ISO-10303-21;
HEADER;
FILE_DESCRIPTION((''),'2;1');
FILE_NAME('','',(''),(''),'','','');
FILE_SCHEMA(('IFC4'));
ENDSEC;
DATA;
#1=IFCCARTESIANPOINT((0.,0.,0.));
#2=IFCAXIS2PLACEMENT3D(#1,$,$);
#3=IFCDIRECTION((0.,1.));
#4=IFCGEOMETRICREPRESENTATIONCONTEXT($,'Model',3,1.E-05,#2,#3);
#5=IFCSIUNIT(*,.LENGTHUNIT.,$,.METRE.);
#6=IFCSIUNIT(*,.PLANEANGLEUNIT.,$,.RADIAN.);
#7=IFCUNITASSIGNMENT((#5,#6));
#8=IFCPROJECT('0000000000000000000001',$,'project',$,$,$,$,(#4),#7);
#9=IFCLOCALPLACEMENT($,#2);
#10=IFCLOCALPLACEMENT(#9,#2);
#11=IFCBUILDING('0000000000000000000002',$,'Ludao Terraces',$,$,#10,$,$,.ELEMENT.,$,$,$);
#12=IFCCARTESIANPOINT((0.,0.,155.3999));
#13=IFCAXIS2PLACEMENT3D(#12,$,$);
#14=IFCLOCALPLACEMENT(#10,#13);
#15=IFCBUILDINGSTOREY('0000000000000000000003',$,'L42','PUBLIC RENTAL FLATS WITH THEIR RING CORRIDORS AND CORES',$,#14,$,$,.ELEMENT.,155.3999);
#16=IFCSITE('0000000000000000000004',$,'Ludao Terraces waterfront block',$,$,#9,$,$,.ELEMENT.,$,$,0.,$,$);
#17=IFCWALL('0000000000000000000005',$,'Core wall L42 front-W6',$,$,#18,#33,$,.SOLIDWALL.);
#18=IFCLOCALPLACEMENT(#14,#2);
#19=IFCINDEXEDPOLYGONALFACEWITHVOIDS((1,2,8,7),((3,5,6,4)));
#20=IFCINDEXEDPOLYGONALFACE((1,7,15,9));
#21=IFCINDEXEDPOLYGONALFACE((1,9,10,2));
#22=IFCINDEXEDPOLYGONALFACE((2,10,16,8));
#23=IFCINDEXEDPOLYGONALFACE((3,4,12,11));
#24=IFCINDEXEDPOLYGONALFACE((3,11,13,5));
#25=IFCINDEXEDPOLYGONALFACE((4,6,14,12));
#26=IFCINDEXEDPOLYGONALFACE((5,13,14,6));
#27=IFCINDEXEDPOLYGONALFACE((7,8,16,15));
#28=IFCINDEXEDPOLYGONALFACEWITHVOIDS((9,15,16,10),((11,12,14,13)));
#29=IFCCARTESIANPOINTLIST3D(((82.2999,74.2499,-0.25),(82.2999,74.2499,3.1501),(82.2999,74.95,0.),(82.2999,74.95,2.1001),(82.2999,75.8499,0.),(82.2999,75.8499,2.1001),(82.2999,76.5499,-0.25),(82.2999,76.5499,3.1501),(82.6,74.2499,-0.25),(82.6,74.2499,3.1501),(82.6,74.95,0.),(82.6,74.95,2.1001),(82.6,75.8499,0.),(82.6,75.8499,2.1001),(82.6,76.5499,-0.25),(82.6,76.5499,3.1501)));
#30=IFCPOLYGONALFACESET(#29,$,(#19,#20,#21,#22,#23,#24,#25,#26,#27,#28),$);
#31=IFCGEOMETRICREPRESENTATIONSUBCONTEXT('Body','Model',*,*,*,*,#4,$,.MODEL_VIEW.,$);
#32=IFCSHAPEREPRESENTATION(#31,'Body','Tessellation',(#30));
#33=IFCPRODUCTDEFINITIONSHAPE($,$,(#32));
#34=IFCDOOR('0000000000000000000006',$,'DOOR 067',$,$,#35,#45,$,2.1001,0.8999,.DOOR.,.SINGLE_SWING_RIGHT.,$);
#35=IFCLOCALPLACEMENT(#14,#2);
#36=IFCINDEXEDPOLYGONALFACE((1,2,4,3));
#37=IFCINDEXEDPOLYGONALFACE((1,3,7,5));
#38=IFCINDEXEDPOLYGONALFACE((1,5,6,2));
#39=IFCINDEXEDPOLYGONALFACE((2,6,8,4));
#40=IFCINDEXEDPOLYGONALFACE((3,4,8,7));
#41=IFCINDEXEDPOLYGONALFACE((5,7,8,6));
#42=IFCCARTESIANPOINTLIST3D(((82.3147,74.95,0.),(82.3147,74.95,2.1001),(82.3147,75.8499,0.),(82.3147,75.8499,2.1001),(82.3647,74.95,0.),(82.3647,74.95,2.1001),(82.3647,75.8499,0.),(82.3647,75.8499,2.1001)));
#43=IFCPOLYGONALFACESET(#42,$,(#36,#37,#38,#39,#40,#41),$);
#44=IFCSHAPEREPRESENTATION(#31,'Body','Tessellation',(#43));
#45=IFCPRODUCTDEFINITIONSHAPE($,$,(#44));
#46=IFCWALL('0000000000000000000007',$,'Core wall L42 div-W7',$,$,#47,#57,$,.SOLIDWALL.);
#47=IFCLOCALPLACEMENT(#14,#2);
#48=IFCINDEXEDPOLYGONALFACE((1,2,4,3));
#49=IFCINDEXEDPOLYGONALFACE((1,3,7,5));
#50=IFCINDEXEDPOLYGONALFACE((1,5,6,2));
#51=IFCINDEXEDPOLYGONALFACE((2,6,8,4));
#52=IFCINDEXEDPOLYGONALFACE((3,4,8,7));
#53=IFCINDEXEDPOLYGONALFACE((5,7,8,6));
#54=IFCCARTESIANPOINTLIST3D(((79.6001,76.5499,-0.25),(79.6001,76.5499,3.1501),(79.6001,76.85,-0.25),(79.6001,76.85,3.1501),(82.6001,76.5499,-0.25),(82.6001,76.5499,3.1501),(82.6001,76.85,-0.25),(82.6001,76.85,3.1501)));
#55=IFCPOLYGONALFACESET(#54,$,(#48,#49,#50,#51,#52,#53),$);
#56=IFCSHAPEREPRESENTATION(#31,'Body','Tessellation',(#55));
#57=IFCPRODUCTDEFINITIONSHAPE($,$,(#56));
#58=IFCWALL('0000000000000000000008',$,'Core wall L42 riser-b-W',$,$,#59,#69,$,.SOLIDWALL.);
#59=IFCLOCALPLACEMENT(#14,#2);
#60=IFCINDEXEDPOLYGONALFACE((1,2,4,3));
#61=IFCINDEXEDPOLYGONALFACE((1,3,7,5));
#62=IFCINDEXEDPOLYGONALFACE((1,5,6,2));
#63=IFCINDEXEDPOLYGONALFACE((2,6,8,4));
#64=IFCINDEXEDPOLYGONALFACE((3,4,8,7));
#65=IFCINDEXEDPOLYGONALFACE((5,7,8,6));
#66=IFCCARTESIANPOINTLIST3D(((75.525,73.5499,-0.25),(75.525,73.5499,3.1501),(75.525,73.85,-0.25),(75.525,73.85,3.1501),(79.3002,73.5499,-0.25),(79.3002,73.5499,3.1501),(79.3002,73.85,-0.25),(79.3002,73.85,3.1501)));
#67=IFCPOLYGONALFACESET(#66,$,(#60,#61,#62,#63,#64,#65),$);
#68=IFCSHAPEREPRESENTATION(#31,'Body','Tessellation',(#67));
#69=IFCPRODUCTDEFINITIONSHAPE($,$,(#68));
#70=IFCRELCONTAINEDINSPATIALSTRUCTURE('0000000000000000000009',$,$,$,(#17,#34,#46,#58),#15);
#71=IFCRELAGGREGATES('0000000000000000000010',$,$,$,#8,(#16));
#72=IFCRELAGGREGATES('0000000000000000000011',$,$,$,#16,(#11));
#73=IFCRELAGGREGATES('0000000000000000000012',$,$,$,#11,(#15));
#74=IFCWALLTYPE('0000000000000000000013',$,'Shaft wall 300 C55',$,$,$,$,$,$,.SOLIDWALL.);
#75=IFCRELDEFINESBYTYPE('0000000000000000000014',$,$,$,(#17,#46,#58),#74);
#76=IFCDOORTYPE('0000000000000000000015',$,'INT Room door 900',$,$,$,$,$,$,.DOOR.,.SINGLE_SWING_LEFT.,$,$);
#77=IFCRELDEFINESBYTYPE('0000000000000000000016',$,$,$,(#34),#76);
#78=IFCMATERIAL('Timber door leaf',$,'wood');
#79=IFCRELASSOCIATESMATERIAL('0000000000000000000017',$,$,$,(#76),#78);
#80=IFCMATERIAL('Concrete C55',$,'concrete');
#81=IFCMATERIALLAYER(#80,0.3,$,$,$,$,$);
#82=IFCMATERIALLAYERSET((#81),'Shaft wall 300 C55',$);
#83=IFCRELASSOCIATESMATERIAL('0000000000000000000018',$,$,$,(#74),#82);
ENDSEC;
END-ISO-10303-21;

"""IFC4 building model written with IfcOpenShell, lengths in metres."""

from ifc_helpers import new_model, si_unit, direction, frame, frame_2d, origin, place, context, subcontext, project, spatial, rectangle, extrude, material, layer, layer_set, type_object, element, fill, save


model = new_model("IFC4")

# Units and contexts
model_context = context("Model", 3, precision=1e-05, world=origin(), true_north=direction((0.0, 1.0)))
body_context = subcontext(model_context, "Body", "Model", "MODEL_VIEW")
ifc_project = project(units=[si_unit("LENGTHUNIT", "METRE"), si_unit("PLANEANGLEUNIT", "RADIAN")], contexts=[model_context])

# Site, building, storey
site_placement = place(None, origin())
site = spatial("IfcSite", under=ifc_project, at=site_placement, Name="Ludao Terraces waterfront block", CompositionType="ELEMENT", RefElevation=0.0)
building_placement = place(site_placement, origin())
building = spatial("IfcBuilding", under=site, at=building_placement, Name="Ludao Terraces", CompositionType="ELEMENT")
storey_placement = place(building_placement, frame((0.0, 0.0, 155.3999)))
storey = spatial("IfcBuildingStorey", under=building, at=storey_placement, Name="L42", Description="PUBLIC RENTAL FLATS WITH THEIR RING CORRIDORS AND CORES", CompositionType="ELEMENT", Elevation=155.3999)

# Shared definitions
ifc_material_1 = material(Name="Timber door leaf", Category="wood")
door_type_1 = type_object("IfcDoorType", Name="INT Room door 900", OperationType="SINGLE_SWING_LEFT", PredefinedType="DOOR", material=ifc_material_1)

# Shared definitions
ifc_material_2 = material(Name="Concrete C55", Category="concrete")
ifc_layer_1 = layer(ifc_material_2, 0.3)
ifc_layer_set_1 = layer_set([ifc_layer_1], Name="Shaft wall 300 C55")
wall_type_1 = type_object("IfcWallType", Name="Shaft wall 300 C55", PredefinedType="SOLIDWALL", material=ifc_layer_set_1)

# Wall, opening, door
wall_1_placement = place(storey_placement, frame((82.45, 74.25, -0.25), z_axis=(0.0, 0.0, 1.0), x_axis=(0.0, 1.0, 0.0)))
wall_1 = element("IfcWall", 1, at=wall_1_placement, inside=storey, type_object=wall_type_1, Name="Core wall L42 front-W6", PredefinedType="SOLIDWALL", context=body_context, shape_type="SweptSolid", body=[
    extrude(rectangle(XDim=2.3, YDim=0.3, at=frame_2d((1.1499, 0.0))), origin(), (0.0, 0.0, 1.0), 3.4001),
])
opening_1_placement = place(wall_1_placement, frame((0.7, 0.0, 0.25)))
opening_1 = element("IfcOpeningElement", 2, at=opening_1_placement, cuts=wall_1, PredefinedType="OPENING", context=body_context, shape_type="SweptSolid", body=[
    extrude(rectangle(XDim=0.8999, YDim=2.1001, at=frame_2d((0.45, 1.05))), frame((0.0, 0.1602, 0.0), z_axis=(0.0, -1.0, 0.0), x_axis=(1.0, 0.0, 0.0)), (0.0, 0.0, 1.0), 0.3201),
])
door_1_placement = place(opening_1_placement, origin())
door_1 = element("IfcDoor", 3, at=door_1_placement, inside=storey, type_object=door_type_1, Name="DOOR 067", OperationType="SINGLE_SWING_RIGHT", OverallHeight=2.1001, OverallWidth=0.8999, PredefinedType="DOOR", context=body_context, shape_type="SweptSolid", body=[
    extrude(rectangle(XDim=0.8999, YDim=2.1001, at=frame_2d((0.45, 1.05))), frame((0.0, 0.1353, 0.0), z_axis=(0.0, -1.0, 0.0), x_axis=(1.0, 0.0, 0.0)), (0.0, 0.0, 1.0), 0.05),
])
fill(opening_1, door_1)

# Walls
wall_2_placement = place(storey_placement, frame((79.6001, 76.7, -0.25), z_axis=(0.0, 0.0, 1.0), x_axis=(1.0, 0.0, 0.0)))
element("IfcWall", 4, at=wall_2_placement, inside=storey, type_object=wall_type_1, Name="Core wall L42 div-W7", PredefinedType="SOLIDWALL", context=body_context, shape_type="SweptSolid", body=[
    extrude(rectangle(XDim=3.0, YDim=0.3, at=frame_2d((1.5, 0.0))), origin(), (0.0, 0.0, 1.0), 3.4001),
])
wall_3_placement = place(storey_placement, frame((75.5249, 73.7, -0.25), z_axis=(0.0, 0.0, 1.0), x_axis=(1.0, 0.0, 0.0)))
element("IfcWall", 5, at=wall_3_placement, inside=storey, type_object=wall_type_1, Name="Core wall L42 riser-b-W", PredefinedType="SOLIDWALL", context=body_context, shape_type="SweptSolid", body=[
    extrude(rectangle(XDim=3.7751, YDim=0.3, at=frame_2d((1.8877, 0.0))), origin(), (0.0, 0.0, 1.0), 3.4001),
])

save(model, "model.ifc")
